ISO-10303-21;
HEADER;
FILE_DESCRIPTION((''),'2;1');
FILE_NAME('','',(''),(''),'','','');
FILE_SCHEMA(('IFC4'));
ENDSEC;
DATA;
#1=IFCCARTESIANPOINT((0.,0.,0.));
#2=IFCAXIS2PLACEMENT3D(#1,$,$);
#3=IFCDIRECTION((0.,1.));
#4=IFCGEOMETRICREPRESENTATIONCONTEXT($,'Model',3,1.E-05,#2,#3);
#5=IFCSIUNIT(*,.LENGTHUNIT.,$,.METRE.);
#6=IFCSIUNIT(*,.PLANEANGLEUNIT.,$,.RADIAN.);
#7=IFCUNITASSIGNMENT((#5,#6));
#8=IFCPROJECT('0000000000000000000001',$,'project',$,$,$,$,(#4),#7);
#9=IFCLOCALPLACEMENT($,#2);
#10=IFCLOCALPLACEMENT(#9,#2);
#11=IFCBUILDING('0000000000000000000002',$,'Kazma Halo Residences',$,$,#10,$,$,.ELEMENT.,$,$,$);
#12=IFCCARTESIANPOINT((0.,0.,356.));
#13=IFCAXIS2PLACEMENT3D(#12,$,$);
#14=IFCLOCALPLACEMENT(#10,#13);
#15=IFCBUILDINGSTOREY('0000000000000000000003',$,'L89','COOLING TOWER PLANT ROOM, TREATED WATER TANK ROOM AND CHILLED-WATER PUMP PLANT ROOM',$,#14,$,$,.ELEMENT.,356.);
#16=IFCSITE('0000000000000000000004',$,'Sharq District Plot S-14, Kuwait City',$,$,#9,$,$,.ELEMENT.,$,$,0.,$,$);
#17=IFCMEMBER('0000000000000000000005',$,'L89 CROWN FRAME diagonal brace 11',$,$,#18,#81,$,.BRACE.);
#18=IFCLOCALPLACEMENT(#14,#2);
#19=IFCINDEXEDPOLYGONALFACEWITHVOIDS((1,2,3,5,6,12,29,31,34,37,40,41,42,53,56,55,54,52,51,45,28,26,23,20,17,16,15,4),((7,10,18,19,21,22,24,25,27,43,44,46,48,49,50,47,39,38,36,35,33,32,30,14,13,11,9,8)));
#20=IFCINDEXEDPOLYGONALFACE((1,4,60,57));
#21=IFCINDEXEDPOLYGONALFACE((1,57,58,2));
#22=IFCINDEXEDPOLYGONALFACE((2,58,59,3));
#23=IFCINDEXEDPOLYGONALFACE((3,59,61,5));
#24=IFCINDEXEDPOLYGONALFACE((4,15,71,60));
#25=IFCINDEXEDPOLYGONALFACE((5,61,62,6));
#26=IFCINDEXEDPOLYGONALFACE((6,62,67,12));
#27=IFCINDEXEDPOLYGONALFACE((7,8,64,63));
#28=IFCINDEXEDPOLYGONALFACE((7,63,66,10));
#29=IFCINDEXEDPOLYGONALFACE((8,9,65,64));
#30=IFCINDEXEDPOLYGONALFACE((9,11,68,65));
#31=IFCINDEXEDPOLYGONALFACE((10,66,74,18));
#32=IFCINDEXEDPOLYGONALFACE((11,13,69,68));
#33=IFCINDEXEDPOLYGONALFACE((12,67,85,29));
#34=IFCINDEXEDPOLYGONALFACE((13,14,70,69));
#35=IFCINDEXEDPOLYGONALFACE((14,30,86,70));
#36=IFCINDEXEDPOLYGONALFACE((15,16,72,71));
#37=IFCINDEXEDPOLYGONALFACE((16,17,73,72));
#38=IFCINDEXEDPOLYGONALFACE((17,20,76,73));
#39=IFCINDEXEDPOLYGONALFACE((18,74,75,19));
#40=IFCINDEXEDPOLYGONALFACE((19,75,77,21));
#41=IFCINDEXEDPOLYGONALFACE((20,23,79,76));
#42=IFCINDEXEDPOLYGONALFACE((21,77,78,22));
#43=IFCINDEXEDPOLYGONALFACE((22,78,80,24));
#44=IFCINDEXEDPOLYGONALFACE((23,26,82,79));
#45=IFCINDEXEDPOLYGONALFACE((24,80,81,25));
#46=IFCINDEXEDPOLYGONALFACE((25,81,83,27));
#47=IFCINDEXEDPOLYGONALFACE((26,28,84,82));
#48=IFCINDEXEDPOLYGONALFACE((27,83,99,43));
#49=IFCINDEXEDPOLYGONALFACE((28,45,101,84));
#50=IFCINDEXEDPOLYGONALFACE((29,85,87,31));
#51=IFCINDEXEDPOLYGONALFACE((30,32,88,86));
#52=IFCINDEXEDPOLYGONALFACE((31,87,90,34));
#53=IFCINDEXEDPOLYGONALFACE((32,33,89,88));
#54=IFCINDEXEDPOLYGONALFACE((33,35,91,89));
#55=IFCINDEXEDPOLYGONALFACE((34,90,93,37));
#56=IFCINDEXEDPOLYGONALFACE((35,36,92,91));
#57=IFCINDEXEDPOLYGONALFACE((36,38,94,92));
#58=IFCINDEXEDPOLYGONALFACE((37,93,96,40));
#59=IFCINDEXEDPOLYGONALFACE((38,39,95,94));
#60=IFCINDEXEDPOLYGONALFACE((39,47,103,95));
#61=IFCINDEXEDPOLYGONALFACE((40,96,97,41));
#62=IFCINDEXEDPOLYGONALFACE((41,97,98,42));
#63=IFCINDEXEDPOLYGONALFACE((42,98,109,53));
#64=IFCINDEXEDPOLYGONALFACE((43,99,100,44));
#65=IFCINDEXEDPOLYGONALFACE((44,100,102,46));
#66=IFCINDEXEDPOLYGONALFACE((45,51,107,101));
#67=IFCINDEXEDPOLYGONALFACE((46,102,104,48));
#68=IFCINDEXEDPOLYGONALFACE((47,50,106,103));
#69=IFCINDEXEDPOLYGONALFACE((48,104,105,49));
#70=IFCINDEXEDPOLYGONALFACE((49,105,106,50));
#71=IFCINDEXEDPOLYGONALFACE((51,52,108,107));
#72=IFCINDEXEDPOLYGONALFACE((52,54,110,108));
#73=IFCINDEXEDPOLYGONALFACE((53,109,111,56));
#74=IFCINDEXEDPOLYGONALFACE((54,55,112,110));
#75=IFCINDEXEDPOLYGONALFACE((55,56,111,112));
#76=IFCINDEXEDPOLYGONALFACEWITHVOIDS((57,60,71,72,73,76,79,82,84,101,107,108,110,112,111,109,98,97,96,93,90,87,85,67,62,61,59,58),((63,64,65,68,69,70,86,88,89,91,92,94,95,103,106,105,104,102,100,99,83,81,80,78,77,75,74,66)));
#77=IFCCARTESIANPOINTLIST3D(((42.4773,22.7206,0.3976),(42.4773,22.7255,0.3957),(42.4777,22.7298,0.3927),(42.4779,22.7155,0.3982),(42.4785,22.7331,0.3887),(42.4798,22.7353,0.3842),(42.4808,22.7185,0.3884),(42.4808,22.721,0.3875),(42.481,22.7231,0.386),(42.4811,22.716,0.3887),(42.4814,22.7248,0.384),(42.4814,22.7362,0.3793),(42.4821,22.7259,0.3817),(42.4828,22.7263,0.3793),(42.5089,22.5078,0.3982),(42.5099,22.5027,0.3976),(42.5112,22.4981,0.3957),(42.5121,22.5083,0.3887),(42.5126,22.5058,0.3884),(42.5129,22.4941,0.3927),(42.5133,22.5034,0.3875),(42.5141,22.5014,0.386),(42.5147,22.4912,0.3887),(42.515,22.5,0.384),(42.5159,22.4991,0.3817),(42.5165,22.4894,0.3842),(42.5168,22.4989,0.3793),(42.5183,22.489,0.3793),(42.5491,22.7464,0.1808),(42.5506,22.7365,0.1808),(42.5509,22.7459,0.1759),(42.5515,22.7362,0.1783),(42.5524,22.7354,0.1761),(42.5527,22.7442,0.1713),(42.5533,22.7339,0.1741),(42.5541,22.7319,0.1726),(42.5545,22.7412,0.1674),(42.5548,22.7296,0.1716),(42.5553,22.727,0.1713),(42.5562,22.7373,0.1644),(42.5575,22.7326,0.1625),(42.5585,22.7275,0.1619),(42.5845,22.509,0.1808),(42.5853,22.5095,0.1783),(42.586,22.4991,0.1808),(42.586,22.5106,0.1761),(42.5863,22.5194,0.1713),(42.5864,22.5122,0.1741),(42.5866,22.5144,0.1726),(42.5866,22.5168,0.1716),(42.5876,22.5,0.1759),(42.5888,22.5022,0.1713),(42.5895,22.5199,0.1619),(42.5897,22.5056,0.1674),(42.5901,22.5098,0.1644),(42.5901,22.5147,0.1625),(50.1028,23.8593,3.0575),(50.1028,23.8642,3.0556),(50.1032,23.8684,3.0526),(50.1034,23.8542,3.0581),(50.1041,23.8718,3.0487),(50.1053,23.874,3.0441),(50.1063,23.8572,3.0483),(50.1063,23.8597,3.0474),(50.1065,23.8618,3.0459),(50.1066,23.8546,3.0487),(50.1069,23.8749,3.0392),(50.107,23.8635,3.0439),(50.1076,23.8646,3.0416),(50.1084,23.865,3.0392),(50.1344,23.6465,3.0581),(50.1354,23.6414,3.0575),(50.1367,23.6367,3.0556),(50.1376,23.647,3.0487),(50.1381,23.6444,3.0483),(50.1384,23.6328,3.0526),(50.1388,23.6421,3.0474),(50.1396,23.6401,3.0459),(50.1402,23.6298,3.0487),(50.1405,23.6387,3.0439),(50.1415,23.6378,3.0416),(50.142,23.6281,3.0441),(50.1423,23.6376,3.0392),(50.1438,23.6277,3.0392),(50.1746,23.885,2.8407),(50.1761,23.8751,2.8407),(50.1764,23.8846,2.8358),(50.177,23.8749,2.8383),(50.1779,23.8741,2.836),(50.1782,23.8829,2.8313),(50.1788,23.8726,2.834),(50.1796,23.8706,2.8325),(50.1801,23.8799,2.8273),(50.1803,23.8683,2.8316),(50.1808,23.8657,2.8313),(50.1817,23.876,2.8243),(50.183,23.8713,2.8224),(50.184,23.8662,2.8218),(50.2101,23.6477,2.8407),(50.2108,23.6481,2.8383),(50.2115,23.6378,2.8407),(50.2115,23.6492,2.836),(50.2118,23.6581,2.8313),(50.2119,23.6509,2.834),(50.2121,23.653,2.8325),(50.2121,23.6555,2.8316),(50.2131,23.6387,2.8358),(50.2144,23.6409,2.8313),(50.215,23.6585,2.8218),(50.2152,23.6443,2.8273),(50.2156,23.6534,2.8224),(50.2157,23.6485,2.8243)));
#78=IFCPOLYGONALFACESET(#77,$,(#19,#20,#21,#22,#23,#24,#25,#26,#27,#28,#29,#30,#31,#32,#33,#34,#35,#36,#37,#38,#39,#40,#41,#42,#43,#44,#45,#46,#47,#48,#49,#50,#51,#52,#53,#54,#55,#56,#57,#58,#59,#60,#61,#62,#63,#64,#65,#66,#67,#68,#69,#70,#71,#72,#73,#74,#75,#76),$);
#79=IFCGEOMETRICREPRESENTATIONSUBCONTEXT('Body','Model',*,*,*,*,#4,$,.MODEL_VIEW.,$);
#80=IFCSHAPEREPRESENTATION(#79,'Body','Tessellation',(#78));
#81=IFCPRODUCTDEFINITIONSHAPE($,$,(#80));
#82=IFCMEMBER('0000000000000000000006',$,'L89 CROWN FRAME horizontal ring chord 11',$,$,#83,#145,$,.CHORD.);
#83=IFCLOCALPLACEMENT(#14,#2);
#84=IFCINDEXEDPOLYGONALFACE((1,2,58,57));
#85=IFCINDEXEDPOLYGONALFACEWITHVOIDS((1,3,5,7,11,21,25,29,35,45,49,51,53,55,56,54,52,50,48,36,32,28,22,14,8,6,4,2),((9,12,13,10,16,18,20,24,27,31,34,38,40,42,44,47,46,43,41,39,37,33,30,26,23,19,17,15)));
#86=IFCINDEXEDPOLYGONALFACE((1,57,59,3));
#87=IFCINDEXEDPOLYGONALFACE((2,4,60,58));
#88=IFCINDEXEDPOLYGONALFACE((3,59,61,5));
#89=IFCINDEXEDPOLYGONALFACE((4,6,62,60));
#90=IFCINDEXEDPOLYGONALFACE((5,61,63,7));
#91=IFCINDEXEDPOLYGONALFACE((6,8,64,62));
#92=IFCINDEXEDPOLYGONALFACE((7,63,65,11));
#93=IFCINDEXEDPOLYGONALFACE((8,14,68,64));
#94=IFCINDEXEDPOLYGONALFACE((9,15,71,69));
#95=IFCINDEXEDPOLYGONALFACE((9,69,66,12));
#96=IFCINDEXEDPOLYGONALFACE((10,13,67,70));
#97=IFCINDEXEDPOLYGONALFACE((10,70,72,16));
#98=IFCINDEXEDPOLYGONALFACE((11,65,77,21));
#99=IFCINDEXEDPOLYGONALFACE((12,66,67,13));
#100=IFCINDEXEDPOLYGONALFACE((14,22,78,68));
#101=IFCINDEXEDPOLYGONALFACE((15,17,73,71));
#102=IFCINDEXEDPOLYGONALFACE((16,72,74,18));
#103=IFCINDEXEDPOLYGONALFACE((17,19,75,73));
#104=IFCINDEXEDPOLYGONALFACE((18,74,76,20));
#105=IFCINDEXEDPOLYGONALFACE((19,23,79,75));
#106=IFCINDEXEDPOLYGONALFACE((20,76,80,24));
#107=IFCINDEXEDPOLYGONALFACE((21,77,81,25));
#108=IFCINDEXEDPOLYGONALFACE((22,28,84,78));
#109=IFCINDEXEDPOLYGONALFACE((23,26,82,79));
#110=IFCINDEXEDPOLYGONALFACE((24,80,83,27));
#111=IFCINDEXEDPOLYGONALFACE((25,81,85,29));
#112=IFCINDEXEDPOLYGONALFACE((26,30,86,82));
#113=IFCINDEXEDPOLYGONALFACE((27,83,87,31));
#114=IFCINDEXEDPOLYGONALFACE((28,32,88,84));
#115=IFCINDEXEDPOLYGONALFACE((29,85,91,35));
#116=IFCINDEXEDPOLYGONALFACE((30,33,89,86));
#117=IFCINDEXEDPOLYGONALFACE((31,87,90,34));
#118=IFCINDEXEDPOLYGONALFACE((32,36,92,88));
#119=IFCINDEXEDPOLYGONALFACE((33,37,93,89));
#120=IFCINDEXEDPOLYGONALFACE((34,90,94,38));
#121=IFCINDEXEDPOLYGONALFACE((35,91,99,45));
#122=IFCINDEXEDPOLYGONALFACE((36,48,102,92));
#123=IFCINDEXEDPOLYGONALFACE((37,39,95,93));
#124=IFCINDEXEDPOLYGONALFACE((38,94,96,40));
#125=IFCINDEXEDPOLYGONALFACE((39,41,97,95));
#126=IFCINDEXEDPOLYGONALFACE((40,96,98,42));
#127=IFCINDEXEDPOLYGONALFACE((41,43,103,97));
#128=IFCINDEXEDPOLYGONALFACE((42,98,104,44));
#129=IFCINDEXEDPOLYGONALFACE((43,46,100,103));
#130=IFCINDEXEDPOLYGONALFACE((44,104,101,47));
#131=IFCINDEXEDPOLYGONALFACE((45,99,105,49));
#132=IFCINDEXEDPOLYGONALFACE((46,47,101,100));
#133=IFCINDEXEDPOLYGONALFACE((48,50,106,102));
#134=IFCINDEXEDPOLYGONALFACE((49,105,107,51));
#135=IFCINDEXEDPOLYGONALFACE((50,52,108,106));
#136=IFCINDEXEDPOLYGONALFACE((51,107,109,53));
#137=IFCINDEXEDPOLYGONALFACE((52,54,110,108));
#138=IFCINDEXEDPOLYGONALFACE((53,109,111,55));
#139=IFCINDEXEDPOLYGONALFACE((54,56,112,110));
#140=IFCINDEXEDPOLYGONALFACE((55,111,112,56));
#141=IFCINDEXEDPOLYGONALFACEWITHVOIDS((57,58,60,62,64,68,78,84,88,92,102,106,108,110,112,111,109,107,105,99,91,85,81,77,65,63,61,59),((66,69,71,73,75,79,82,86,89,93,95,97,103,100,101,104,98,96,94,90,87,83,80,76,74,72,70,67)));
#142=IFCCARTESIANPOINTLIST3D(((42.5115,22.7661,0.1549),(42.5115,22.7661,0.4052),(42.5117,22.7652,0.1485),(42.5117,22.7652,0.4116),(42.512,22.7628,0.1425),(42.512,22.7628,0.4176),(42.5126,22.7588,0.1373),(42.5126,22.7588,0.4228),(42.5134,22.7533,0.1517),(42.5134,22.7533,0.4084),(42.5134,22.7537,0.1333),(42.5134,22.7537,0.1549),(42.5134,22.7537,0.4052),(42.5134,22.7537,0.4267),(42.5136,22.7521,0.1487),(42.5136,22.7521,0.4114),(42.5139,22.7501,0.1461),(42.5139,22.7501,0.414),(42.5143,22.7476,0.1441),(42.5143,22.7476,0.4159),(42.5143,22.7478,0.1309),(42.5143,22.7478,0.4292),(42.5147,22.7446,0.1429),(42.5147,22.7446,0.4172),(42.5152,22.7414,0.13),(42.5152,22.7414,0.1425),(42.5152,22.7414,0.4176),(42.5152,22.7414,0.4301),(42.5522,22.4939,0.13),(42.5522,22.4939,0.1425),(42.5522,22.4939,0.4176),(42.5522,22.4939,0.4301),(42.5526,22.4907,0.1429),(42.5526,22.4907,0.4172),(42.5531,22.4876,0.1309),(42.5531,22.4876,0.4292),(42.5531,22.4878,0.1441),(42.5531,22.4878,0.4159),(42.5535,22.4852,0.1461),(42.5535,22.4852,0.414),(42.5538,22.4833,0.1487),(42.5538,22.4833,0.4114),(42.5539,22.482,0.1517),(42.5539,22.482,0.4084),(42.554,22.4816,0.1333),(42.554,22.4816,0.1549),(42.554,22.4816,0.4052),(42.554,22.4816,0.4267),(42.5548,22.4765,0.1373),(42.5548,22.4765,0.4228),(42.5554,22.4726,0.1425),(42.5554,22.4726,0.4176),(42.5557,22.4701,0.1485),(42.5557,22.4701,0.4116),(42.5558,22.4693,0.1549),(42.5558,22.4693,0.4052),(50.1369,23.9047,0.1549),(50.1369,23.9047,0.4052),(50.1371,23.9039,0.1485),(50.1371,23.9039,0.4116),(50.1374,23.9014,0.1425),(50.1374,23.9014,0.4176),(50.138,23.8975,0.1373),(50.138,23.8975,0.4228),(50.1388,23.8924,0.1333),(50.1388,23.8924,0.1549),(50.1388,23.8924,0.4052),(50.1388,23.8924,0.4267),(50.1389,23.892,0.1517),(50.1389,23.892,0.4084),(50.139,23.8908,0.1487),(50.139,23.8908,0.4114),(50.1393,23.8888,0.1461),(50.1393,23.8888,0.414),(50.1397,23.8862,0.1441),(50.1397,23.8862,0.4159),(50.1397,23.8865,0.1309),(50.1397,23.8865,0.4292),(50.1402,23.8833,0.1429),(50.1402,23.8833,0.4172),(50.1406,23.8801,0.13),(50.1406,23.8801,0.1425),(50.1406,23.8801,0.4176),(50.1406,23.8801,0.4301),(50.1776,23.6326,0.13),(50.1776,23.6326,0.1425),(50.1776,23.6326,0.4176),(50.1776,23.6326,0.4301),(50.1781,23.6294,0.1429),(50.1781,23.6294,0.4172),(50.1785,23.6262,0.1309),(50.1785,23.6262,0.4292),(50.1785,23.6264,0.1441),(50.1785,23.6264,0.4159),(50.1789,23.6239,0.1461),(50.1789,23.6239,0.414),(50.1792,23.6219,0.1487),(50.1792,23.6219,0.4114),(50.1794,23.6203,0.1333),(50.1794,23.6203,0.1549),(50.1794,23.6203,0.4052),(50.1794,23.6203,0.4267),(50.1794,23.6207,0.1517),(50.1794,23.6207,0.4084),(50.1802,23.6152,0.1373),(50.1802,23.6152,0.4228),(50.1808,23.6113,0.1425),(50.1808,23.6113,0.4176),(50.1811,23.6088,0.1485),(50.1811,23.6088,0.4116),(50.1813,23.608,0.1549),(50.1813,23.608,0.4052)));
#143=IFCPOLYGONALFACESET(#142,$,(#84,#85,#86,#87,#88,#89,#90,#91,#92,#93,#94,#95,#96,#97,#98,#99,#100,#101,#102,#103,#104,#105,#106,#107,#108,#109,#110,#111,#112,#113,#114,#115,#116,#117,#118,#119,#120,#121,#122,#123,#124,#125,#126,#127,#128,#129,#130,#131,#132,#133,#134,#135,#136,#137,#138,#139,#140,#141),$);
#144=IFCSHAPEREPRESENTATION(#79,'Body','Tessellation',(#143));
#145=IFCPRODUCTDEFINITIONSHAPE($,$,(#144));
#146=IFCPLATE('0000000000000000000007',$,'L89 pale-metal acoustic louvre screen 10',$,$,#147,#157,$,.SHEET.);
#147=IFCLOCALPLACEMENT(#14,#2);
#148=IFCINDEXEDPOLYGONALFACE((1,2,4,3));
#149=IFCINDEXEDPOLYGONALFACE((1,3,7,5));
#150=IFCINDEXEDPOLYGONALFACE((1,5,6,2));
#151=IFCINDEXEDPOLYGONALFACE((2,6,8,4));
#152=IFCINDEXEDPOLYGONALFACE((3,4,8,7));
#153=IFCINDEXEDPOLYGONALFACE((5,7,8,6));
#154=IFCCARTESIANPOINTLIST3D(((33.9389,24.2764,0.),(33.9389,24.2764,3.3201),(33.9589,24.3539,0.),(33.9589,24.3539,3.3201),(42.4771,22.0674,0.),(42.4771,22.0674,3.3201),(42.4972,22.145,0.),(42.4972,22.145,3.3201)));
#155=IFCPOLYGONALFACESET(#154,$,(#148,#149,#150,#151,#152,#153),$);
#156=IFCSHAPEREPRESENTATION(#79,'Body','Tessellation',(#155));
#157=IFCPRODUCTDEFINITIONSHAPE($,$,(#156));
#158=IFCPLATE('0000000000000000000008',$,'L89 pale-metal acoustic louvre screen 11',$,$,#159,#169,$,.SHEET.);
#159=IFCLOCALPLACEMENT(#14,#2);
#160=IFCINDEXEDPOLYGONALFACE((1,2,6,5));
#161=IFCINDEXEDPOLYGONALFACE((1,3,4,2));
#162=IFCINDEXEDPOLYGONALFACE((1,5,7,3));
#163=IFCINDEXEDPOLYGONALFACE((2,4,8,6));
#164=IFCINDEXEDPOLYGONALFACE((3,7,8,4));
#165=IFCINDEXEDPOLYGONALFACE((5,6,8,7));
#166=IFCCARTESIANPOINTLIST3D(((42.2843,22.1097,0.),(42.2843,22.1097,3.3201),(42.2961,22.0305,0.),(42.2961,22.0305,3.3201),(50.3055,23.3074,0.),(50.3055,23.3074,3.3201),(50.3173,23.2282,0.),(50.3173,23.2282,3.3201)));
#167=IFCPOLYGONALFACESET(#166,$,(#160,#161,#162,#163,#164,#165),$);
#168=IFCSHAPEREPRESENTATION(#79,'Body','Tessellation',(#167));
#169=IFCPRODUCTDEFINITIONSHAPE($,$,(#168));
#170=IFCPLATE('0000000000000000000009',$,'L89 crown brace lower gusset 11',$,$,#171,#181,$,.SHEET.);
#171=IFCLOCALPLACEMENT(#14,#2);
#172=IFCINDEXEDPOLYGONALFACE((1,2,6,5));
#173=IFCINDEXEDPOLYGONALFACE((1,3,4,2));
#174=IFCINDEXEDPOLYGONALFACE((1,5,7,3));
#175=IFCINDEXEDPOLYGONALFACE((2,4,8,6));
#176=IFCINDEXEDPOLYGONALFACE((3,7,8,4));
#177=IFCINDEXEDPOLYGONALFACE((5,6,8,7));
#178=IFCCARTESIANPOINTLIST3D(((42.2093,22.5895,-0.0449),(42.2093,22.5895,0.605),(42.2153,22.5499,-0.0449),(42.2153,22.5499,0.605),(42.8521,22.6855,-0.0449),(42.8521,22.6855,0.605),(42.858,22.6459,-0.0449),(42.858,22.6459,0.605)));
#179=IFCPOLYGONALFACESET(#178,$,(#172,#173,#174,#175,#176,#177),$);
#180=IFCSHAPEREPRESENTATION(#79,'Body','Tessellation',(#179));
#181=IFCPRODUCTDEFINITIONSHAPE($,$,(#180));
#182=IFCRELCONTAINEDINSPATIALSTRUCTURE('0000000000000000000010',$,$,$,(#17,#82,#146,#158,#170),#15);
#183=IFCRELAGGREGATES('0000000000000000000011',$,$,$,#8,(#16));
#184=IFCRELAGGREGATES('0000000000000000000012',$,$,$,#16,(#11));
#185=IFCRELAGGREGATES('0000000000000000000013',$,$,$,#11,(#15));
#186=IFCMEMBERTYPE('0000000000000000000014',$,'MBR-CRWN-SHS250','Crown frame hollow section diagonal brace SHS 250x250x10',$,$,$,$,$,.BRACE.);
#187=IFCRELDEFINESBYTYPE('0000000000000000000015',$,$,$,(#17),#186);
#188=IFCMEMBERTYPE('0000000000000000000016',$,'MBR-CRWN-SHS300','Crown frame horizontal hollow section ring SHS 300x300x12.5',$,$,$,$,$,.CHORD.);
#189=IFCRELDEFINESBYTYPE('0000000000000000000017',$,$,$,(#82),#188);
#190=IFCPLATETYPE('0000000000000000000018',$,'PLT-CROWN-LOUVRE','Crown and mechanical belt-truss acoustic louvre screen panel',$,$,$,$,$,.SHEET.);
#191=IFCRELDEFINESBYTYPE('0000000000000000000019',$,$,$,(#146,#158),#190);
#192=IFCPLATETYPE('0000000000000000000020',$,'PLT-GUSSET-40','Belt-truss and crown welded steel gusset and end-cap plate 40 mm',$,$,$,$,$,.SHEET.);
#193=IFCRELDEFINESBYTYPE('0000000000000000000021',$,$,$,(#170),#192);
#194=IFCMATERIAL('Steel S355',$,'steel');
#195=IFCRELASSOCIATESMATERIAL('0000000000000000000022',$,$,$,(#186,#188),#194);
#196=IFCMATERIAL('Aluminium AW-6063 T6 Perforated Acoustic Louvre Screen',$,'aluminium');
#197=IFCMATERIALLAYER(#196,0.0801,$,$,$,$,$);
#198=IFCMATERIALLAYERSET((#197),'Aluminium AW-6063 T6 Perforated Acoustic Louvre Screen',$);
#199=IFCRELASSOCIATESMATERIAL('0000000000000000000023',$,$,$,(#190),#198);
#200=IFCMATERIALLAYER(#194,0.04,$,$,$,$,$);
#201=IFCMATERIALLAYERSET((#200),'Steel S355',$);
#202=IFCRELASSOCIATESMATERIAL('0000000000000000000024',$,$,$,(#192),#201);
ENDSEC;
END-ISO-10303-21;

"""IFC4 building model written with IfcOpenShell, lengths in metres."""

from ifc_helpers import new_model, si_unit, direction, frame, origin, origin_2d, place, context, subcontext, project, spatial, rectangle, hollow_rectangle, extrude, material, layer, layer_set, material_profile, profile_set, type_object, element, save


model = new_model("IFC4")

# Units and contexts
model_context = context("Model", 3, precision=1e-05, world=origin(), true_north=direction((0.0, 1.0)))
body_context = subcontext(model_context, "Body", "Model", "MODEL_VIEW")
ifc_project = project(units=[si_unit("LENGTHUNIT", "METRE"), si_unit("PLANEANGLEUNIT", "RADIAN")], contexts=[model_context])

# Site, building, storey
site_placement = place(None, origin())
site = spatial("IfcSite", under=ifc_project, at=site_placement, Name="Sharq District Plot S-14, Kuwait City", CompositionType="ELEMENT", RefElevation=0.0)
building_placement = place(site_placement, origin())
building = spatial("IfcBuilding", under=site, at=building_placement, Name="Kazma Halo Residences", CompositionType="ELEMENT")
storey_placement = place(building_placement, frame((0.0, 0.0, 356.0)))
storey = spatial("IfcBuildingStorey", under=building, at=storey_placement, Name="L89", Description="COOLING TOWER PLANT ROOM, TREATED WATER TANK ROOM AND CHILLED-WATER PUMP PLANT ROOM", CompositionType="ELEMENT", Elevation=356.0)

# Shared definitions
ifc_material_1 = material(Name="Steel S355", Category="steel")

# Members
ifc_material_profile_1 = material_profile(ifc_material_1, hollow_rectangle(XDim=0.25, YDim=0.25, WallThickness=0.01, InnerFilletRadius=0.01, OuterFilletRadius=0.02, at=origin_2d()), Name="SHS250x250x10")
ifc_profile_set_1 = profile_set([ifc_material_profile_1], Name="Steel S355")
member_type_1 = type_object("IfcMemberType", Name="MBR-CRWN-SHS250", Description="Crown frame hollow section diagonal brace SHS 250x250x10", PredefinedType="BRACE", material=ifc_profile_set_1)
member_1_placement = place(storey_placement, frame((42.5337, 22.6177, 0.28), z_axis=(0.934958, 0.139612, 0.326131), x_axis=(-0.147687, 0.989034, 0.0)))
element("IfcMember", 1, at=member_1_placement, inside=storey, type_object=member_type_1, Name="L89 CROWN FRAME diagonal brace 11", PredefinedType="BRACE", context=body_context, shape_type="SweptSolid", body=[
    extrude(hollow_rectangle(XDim=0.25, YDim=0.25, WallThickness=0.01, InnerFilletRadius=0.01, OuterFilletRadius=0.02, at=origin_2d()), origin(), (0.0, 0.0, 1.0), 8.156),
])
ifc_material_profile_2 = material_profile(ifc_material_1, hollow_rectangle(XDim=0.3, YDim=0.3, WallThickness=0.0125, InnerFilletRadius=0.0125, OuterFilletRadius=0.0249, at=origin_2d()), Name="SHS300x300x12.5")
ifc_profile_set_2 = profile_set([ifc_material_profile_2], Name="Steel S355")
member_type_2 = type_object("IfcMemberType", Name="MBR-CRWN-SHS300", Description="Crown frame horizontal hollow section ring SHS 300x300x12.5", PredefinedType="CHORD", material=ifc_profile_set_2)
member_2_placement = place(storey_placement, frame((42.5337, 22.6177, 0.28), z_axis=(0.989034, 0.147687, 0.0), x_axis=(-0.147687, 0.989034, 0.0)))
element("IfcMember", 2, at=member_2_placement, inside=storey, type_object=member_type_2, Name="L89 CROWN FRAME horizontal ring chord 11", PredefinedType="CHORD", context=body_context, shape_type="SweptSolid", body=[
    extrude(hollow_rectangle(XDim=0.3, YDim=0.3, WallThickness=0.0125, InnerFilletRadius=0.0125, OuterFilletRadius=0.0249, at=origin_2d()), origin(), (0.0, 0.0, 1.0), 7.71),
])

# Plates
ifc_material_2 = material(Name="Aluminium AW-6063 T6 Perforated Acoustic Louvre Screen", Category="aluminium")
ifc_layer_1 = layer(ifc_material_2, 0.0801)
ifc_layer_set_1 = layer_set([ifc_layer_1], Name="Aluminium AW-6063 T6 Perforated Acoustic Louvre Screen")
plate_type_1 = type_object("IfcPlateType", Name="PLT-CROWN-LOUVRE", Description="Crown and mechanical belt-truss acoustic louvre screen panel", PredefinedType="SHEET", material=ifc_layer_set_1)
plate_1_placement = place(storey_placement, frame((38.218, 23.2107, 0.0), z_axis=(0.0, 0.0, 1.0), x_axis=(0.968124, -0.25047, 0.0)))
element("IfcPlate", 3, at=plate_1_placement, inside=storey, type_object=plate_type_1, Name="L89 pale-metal acoustic louvre screen 10", PredefinedType="SHEET", context=body_context, shape_type="SweptSolid", body=[
    extrude(rectangle(XDim=8.8193, YDim=0.0801, at=origin_2d()), origin(), (0.0, 0.0, 1.0), 3.3201),
])
plate_2_placement = place(storey_placement, frame((46.3008, 22.6689, 0.0), z_axis=(0.0, 0.0, 1.0), x_axis=(0.989034, 0.147687, 0.0)))
element("IfcPlate", 4, at=plate_2_placement, inside=storey, type_object=plate_type_1, Name="L89 pale-metal acoustic louvre screen 11", PredefinedType="SHEET", context=body_context, shape_type="SweptSolid", body=[
    extrude(rectangle(XDim=8.1101, YDim=0.0801, at=origin_2d()), origin(), (0.0, 0.0, 1.0), 3.3201),
])
ifc_layer_2 = layer(ifc_material_1, 0.04)
ifc_layer_set_2 = layer_set([ifc_layer_2], Name="Steel S355")
plate_type_2 = type_object("IfcPlateType", Name="PLT-GUSSET-40", Description="Belt-truss and crown welded steel gusset and end-cap plate 40 mm", PredefinedType="SHEET", material=ifc_layer_set_2)
plate_3_placement = place(storey_placement, frame((42.5337, 22.6177, -0.0449), z_axis=(0.0, 0.0, 1.0), x_axis=(0.989034, 0.147687, 0.0)))
element("IfcPlate", 5, at=plate_3_placement, inside=storey, type_object=plate_type_2, Name="L89 crown brace lower gusset 11", PredefinedType="SHEET", context=body_context, shape_type="SweptSolid", body=[
    extrude(rectangle(XDim=0.6499, YDim=0.04, at=origin_2d()), origin(), (0.0, 0.0, 1.0), 0.6499),
])

save(model, "model.ifc")
